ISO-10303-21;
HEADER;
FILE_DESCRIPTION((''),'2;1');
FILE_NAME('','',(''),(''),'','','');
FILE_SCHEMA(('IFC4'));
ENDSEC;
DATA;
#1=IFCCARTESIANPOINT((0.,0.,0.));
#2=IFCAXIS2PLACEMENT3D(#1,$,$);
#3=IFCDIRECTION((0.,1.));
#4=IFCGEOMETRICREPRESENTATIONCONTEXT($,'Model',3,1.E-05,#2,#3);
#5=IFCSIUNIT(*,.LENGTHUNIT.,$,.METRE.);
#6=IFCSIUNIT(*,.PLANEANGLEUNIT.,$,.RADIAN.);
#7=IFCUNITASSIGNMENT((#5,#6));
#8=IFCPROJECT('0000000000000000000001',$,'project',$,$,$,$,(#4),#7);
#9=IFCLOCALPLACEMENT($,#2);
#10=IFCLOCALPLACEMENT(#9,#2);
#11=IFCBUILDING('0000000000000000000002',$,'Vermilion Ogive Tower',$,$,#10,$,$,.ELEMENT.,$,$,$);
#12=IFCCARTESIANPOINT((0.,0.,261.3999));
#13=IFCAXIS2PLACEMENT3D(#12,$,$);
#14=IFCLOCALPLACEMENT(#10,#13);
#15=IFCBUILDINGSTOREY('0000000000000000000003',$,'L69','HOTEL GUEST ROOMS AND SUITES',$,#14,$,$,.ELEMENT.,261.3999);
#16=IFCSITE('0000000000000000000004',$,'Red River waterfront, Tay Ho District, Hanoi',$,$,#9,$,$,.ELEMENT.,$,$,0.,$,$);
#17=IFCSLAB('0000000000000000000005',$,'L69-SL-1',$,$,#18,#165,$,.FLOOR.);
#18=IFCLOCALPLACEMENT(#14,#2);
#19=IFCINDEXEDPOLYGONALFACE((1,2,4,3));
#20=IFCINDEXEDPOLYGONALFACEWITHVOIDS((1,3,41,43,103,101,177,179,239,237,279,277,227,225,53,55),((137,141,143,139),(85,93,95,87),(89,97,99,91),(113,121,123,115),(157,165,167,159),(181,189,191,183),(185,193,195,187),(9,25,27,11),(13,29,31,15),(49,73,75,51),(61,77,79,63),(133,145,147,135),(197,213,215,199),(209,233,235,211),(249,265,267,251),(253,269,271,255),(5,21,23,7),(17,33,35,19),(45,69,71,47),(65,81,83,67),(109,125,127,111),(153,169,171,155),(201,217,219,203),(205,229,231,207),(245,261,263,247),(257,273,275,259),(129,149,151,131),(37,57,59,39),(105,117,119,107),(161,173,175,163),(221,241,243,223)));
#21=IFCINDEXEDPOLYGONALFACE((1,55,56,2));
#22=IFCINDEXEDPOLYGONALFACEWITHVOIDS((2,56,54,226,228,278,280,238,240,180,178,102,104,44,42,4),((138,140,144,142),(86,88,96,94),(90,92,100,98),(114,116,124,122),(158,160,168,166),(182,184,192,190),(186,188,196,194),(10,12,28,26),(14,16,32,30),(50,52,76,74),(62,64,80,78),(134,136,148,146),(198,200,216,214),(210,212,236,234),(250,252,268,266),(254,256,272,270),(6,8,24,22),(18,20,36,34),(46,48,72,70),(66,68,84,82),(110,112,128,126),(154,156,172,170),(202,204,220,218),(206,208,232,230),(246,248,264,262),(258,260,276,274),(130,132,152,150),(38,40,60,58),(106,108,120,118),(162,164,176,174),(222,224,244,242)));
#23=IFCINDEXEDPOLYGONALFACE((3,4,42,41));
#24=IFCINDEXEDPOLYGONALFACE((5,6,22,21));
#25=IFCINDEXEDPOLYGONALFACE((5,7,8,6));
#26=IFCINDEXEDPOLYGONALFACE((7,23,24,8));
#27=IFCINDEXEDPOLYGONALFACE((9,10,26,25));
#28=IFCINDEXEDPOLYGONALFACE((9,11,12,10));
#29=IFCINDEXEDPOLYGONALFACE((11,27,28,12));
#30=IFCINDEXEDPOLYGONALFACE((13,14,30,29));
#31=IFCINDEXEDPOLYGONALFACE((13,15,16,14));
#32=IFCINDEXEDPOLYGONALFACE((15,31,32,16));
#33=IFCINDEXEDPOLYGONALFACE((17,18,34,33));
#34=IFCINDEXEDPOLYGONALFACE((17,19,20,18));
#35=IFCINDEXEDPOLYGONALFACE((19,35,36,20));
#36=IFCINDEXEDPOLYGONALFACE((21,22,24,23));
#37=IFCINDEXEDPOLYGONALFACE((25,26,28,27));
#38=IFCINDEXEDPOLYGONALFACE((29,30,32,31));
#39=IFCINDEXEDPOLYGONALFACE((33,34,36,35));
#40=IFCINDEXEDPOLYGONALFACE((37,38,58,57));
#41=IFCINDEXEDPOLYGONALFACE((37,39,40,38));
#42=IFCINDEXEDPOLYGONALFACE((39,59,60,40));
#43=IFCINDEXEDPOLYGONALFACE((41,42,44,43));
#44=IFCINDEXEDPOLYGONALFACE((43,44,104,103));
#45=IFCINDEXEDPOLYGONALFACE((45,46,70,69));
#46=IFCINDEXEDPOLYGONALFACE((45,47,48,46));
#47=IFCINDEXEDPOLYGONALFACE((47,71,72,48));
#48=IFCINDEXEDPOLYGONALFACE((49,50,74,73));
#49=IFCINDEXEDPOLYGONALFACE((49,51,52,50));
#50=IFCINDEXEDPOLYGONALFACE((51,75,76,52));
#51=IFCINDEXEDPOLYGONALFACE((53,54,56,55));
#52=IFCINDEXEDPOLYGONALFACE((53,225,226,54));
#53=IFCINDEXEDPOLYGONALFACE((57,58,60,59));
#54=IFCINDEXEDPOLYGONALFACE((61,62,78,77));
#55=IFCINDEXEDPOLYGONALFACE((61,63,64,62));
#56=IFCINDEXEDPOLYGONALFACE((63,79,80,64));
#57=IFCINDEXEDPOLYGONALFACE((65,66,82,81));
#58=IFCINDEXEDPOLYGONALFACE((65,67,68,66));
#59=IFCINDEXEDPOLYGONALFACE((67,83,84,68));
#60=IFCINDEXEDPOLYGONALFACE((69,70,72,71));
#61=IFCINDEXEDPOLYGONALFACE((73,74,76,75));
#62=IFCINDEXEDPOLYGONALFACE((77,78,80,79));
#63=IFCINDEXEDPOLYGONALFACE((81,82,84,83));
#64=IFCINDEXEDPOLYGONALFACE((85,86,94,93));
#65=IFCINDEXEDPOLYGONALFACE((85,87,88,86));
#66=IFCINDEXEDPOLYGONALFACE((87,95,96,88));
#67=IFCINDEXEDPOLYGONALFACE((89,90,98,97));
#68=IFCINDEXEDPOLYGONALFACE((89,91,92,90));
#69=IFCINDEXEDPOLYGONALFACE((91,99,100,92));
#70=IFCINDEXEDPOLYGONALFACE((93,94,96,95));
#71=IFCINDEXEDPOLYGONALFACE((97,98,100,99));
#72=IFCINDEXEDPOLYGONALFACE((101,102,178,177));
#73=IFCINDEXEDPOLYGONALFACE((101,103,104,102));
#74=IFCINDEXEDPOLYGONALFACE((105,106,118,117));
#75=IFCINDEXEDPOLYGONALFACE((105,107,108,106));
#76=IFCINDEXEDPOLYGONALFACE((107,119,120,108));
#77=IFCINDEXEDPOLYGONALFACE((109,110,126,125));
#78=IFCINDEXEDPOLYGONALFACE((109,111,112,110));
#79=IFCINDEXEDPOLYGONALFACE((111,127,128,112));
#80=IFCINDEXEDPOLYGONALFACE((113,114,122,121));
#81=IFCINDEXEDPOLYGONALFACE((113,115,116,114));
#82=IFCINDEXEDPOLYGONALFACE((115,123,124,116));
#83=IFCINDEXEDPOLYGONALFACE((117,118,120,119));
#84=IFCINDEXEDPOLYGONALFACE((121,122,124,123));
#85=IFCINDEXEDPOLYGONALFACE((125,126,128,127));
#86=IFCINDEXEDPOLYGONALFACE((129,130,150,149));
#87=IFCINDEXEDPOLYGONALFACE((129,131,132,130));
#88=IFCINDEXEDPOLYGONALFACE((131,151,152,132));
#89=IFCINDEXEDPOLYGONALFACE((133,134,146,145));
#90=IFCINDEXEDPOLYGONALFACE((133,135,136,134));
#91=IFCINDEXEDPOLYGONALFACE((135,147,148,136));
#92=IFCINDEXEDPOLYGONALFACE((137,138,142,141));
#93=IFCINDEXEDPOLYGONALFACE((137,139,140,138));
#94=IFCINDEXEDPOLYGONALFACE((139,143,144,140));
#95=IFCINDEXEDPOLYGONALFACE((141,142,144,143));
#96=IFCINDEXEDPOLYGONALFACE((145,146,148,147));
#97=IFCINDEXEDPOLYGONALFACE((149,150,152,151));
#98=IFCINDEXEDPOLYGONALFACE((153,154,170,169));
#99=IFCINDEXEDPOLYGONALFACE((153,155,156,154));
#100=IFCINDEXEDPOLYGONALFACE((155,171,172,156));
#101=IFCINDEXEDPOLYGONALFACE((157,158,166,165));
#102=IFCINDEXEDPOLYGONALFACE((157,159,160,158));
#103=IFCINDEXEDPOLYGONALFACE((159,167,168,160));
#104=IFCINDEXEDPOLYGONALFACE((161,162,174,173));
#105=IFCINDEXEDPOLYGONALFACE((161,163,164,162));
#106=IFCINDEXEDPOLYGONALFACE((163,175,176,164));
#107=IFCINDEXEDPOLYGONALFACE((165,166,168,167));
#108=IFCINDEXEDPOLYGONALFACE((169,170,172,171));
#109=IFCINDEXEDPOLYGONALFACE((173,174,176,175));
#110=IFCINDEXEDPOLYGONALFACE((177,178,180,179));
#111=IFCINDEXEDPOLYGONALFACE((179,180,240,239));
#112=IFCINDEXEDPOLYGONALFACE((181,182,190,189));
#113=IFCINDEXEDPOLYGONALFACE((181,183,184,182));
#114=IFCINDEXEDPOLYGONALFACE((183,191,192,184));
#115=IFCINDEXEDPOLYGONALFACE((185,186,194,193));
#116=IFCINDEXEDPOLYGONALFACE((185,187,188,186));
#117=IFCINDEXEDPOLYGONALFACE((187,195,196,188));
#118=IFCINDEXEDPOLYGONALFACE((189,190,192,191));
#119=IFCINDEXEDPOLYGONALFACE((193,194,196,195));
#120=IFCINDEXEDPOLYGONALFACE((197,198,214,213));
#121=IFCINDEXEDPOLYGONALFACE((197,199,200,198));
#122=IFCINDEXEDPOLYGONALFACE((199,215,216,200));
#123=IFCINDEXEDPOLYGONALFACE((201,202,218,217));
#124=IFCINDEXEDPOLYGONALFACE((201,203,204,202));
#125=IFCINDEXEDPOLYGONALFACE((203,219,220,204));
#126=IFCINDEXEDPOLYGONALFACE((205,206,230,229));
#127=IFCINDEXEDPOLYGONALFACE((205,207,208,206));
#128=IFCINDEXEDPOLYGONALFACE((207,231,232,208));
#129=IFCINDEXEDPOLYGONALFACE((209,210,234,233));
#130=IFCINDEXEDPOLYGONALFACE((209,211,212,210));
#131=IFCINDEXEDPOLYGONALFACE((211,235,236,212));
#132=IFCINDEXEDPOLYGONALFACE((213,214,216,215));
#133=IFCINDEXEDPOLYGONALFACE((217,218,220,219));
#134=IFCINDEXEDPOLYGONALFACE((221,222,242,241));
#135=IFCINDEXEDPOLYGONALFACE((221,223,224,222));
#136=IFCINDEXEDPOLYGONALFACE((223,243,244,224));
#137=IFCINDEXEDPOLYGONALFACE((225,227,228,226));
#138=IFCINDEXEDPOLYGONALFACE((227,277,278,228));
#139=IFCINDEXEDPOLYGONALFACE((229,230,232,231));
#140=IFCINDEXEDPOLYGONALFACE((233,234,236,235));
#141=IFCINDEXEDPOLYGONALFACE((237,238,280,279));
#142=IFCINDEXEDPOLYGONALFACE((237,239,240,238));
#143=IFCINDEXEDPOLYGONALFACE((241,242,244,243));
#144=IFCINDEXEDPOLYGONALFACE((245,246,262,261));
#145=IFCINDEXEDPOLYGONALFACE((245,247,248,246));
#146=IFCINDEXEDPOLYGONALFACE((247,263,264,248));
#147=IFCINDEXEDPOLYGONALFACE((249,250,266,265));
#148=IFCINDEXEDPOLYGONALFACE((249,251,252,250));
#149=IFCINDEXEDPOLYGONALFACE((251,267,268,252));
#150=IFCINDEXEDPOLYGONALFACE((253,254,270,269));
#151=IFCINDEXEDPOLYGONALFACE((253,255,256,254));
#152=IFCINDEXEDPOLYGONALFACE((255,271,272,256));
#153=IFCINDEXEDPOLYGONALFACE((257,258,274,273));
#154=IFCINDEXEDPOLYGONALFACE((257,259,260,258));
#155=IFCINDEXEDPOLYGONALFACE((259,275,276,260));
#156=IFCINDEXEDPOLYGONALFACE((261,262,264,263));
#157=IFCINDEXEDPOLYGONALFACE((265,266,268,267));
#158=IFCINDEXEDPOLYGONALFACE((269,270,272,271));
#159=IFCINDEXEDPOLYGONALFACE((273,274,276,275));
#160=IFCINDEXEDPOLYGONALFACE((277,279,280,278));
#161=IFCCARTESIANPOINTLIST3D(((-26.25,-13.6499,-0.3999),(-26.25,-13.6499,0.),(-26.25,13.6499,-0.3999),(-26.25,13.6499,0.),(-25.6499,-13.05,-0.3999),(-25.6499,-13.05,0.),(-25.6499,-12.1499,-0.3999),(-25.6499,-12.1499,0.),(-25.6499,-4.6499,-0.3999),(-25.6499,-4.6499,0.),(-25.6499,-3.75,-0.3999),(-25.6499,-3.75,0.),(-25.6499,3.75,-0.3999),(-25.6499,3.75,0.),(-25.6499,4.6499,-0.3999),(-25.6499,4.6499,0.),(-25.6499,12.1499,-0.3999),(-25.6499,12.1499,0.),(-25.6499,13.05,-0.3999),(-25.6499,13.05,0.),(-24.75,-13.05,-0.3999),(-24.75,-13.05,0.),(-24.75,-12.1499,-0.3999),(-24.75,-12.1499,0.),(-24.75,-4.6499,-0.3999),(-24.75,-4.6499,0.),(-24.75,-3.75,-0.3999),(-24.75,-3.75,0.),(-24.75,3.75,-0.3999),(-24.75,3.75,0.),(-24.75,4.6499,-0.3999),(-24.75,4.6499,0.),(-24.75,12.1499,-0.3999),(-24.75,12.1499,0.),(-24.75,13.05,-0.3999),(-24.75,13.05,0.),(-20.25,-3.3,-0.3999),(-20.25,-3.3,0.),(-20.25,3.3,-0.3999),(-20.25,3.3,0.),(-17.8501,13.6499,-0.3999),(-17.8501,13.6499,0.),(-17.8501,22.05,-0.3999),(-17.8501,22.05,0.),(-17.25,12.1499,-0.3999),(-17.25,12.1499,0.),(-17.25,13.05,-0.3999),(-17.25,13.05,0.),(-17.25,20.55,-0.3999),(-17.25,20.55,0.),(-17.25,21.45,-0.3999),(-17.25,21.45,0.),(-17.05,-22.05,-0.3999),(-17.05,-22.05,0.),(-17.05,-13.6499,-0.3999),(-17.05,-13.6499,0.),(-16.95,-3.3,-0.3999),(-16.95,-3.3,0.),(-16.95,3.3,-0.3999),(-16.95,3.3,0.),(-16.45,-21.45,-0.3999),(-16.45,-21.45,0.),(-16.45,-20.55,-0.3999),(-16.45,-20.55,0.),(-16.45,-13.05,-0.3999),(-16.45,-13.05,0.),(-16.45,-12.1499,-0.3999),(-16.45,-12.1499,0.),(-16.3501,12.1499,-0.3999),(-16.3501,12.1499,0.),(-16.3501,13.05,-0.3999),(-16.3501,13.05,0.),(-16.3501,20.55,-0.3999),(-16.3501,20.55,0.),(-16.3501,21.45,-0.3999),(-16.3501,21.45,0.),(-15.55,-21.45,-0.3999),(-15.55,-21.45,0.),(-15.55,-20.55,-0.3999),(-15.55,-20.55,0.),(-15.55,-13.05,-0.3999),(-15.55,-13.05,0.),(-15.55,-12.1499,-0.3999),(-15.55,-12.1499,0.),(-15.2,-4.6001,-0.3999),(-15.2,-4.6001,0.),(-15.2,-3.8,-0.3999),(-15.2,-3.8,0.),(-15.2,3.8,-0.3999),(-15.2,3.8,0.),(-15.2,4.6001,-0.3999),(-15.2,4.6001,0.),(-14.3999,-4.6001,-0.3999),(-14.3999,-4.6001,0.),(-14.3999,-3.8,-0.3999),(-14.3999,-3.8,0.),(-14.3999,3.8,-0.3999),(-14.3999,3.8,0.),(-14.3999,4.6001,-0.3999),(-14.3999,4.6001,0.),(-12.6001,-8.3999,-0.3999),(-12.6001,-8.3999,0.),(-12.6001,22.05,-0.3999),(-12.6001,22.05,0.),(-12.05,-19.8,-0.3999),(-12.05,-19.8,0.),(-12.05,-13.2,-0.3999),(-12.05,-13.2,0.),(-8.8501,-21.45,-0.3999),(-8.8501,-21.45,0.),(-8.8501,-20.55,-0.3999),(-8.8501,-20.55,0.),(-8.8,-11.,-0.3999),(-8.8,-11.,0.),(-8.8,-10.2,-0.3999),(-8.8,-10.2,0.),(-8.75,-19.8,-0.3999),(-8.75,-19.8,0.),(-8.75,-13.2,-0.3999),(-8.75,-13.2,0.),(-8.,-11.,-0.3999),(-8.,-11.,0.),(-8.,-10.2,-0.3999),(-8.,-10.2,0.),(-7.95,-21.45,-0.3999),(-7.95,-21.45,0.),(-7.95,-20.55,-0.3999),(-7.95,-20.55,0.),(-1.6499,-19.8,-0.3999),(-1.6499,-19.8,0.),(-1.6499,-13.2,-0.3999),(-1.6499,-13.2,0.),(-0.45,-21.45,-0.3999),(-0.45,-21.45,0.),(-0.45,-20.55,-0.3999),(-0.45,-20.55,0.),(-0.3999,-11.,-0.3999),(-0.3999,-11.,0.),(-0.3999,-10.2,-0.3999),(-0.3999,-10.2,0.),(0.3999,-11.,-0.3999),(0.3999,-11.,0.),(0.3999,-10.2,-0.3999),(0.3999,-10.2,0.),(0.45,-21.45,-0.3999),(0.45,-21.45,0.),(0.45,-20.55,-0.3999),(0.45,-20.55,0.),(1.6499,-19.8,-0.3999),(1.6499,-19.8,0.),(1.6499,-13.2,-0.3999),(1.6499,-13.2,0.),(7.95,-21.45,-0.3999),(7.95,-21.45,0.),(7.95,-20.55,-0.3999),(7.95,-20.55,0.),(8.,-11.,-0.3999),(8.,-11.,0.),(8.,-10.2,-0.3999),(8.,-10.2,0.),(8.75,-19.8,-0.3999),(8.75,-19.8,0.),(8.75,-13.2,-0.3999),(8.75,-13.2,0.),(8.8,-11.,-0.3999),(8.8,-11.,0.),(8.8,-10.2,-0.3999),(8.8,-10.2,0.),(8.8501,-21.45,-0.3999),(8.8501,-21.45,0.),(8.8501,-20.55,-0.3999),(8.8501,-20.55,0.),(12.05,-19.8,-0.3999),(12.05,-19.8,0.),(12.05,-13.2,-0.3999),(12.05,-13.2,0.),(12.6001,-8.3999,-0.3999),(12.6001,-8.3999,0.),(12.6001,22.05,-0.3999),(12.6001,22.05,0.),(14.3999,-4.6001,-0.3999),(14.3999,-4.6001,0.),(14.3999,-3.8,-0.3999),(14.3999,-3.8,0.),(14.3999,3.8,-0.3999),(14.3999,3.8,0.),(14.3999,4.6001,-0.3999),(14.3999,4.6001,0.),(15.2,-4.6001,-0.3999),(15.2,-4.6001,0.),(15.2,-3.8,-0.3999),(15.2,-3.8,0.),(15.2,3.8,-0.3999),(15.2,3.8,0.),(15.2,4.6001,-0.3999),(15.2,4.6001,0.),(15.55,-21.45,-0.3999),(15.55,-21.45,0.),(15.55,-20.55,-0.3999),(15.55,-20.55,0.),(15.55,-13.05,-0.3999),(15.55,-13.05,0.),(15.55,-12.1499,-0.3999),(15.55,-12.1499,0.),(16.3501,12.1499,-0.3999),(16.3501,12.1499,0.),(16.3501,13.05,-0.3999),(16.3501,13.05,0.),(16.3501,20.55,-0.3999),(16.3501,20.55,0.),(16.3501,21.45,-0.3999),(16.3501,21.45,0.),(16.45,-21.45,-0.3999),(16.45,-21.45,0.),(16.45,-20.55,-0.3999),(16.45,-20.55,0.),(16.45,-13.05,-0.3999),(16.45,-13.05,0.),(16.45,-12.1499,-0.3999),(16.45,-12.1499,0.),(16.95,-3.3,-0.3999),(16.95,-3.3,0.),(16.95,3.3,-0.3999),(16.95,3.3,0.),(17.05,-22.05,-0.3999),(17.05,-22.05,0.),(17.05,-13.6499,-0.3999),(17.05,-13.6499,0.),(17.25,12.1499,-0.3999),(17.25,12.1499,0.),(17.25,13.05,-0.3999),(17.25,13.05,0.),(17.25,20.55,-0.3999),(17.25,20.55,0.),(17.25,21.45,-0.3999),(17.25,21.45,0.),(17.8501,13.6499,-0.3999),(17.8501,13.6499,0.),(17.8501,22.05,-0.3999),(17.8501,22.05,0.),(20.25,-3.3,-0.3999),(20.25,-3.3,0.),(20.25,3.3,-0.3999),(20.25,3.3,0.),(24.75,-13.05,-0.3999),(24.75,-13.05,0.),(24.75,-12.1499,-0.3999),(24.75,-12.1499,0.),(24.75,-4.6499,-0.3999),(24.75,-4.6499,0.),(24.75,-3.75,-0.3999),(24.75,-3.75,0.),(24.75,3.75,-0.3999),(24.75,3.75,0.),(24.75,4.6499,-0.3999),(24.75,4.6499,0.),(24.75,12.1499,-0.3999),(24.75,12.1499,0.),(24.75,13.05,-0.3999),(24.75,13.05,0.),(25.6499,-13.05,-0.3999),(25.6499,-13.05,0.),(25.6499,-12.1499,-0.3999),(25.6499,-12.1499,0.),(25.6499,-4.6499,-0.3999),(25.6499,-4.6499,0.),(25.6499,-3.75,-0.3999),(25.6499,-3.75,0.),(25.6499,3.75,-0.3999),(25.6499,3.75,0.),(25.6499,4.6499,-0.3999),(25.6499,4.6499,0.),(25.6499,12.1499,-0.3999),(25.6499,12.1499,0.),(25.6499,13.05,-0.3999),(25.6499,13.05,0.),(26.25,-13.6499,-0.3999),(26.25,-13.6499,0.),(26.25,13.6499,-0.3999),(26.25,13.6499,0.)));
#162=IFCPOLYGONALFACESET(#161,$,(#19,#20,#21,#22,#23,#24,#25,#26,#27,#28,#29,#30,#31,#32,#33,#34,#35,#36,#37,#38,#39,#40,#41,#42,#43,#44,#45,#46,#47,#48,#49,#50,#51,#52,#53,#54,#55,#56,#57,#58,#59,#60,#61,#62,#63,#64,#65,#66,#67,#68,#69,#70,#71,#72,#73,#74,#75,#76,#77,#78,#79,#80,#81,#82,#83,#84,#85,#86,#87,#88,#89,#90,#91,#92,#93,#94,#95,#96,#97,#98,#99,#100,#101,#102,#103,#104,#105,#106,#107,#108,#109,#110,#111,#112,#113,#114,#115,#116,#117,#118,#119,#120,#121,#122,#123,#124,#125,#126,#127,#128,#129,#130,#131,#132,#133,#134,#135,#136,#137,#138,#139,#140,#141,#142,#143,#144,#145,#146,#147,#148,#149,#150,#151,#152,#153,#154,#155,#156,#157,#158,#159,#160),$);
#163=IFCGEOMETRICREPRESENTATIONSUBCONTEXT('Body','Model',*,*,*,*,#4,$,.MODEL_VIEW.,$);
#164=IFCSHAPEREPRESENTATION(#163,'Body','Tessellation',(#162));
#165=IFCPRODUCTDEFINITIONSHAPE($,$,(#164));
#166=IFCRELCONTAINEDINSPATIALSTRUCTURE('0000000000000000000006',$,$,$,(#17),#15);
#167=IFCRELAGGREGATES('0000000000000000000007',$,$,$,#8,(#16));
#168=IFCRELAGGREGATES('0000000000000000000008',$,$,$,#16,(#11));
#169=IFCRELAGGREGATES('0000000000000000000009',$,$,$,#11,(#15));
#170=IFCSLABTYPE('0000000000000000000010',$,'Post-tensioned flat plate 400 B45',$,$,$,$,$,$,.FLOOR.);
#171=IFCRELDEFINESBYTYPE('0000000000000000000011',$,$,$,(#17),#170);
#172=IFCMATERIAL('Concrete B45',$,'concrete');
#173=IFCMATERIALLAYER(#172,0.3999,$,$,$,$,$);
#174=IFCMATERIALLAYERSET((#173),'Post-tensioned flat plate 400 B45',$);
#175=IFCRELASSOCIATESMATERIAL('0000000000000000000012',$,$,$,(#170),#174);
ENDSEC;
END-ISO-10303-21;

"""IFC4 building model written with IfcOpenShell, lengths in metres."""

from ifc_helpers import new_model, si_unit, direction, frame, origin, place, context, subcontext, project, spatial, polyline, outline, extrude, material, layer, layer_set, type_object, element, save


model = new_model("IFC4")

# Units and contexts
model_context = context("Model", 3, precision=1e-05, world=origin(), true_north=direction((0.0, 1.0)))
body_context = subcontext(model_context, "Body", "Model", "MODEL_VIEW")
ifc_project = project(units=[si_unit("LENGTHUNIT", "METRE"), si_unit("PLANEANGLEUNIT", "RADIAN")], contexts=[model_context])

# Site, building, storey
site_placement = place(None, origin())
site = spatial("IfcSite", under=ifc_project, at=site_placement, Name="Red River waterfront, Tay Ho District, Hanoi", CompositionType="ELEMENT", RefElevation=0.0)
building_placement = place(site_placement, origin())
building = spatial("IfcBuilding", under=site, at=building_placement, Name="Vermilion Ogive Tower", CompositionType="ELEMENT")
storey_placement = place(building_placement, frame((0.0, 0.0, 261.3999)))
storey = spatial("IfcBuildingStorey", under=building, at=storey_placement, Name="L69", Description="HOTEL GUEST ROOMS AND SUITES", CompositionType="ELEMENT", Elevation=261.3999)

# Slab
ifc_material_1 = material(Name="Concrete B45", Category="concrete")
ifc_layer_1 = layer(ifc_material_1, 0.3999)
ifc_layer_set_1 = layer_set([ifc_layer_1], Name="Post-tensioned flat plate 400 B45")
slab_type = type_object("IfcSlabType", Name="Post-tensioned flat plate 400 B45", PredefinedType="FLOOR", material=ifc_layer_set_1)
slab_placement = place(storey_placement, frame((0.0, 0.0, -0.3999)))
element("IfcSlab", 1, at=slab_placement, inside=storey, type_object=slab_type, Name="L69-SL-1", PredefinedType="FLOOR", context=body_context, shape_type="SweptSolid", body=[
    extrude(outline(polyline([(-17.05, -13.6499), (-26.25, -13.6499), (-26.25, 13.6499), (-17.8501, 13.6499), (-17.8501, 22.05), (-12.6001, 22.05), (-12.6001, -8.3999), (12.6001, -8.3999), (12.6001, 22.05), (17.8501, 22.05), (17.8501, 13.6499), (26.25, 13.6499), (26.25, -13.6499), (17.05, -13.6499), (17.05, -22.05), (-17.05, -22.05), (-17.05, -13.6499)]), holes=[polyline([(25.6499, -4.6499), (25.6499, -3.75), (24.75, -3.75), (24.75, -4.6499), (25.6499, -4.6499)]), polyline([(25.6499, -13.05), (25.6499, -12.1499), (24.75, -12.1499), (24.75, -13.05), (25.6499, -13.05)]), polyline([(24.75, 12.1499), (25.6499, 12.1499), (25.6499, 13.05), (24.75, 13.05), (24.75, 12.1499)]), polyline([(24.75, 3.75), (25.6499, 3.75), (25.6499, 4.6499), (24.75, 4.6499), (24.75, 3.75)]), polyline([(20.25, -3.3), (20.25, 3.3), (16.95, 3.3), (16.95, -3.3), (20.25, -3.3)]), polyline([(17.25, 12.1499), (17.25, 13.05), (16.3501, 13.05), (16.3501, 12.1499), (17.25, 12.1499)]), polyline([(16.3501, 20.55), (17.25, 20.55), (17.25, 21.45), (16.3501, 21.45), (16.3501, 20.55)]), polyline([(16.45, -13.05), (16.45, -12.1499), (15.55, -12.1499), (15.55, -13.05), (16.45, -13.05)]), polyline([(16.45, -21.45), (16.45, -20.55), (15.55, -20.55), (15.55, -21.45), (16.45, -21.45)]), polyline([(15.2, 3.8), (15.2, 4.6001), (14.3999, 4.6001), (14.3999, 3.8), (15.2, 3.8)]), polyline([(14.3999, -4.6001), (15.2, -4.6001), (15.2, -3.8), (14.3999, -3.8), (14.3999, -4.6001)]), polyline([(12.05, -19.8), (12.05, -13.2), (8.75, -13.2), (8.75, -19.8), (12.05, -19.8)]), polyline([(8.8501, -21.45), (8.8501, -20.55), (7.95, -20.55), (7.95, -21.45), (8.8501, -21.45)]), polyline([(8.0, -11.0), (8.8, -11.0), (8.8, -10.2), (8.0, -10.2), (8.0, -11.0)]), polyline([(1.6499, -19.8), (1.6499, -13.2), (-1.6499, -13.2), (-1.6499, -19.8), (1.6499, -19.8)]), polyline([(0.45, -21.45), (0.45, -20.55), (-0.45, -20.55), (-0.45, -21.45), (0.45, -21.45)]), polyline([(0.3999, -11.0), (0.3999, -10.2), (-0.3999, -10.2), (-0.3999, -11.0), (0.3999, -11.0)]), polyline([(-7.95, -21.45), (-7.95, -20.55), (-8.8501, -20.55), (-8.8501, -21.45), (-7.95, -21.45)]), polyline([(-8.0, -11.0), (-8.0, -10.2), (-8.8, -10.2), (-8.8, -11.0), (-8.0, -11.0)]), polyline([(-8.75, -19.8), (-8.75, -13.2), (-12.05, -13.2), (-12.05, -19.8), (-8.75, -19.8)]), polyline([(-14.3999, 3.8), (-14.3999, 4.6001), (-15.2, 4.6001), (-15.2, 3.8), (-14.3999, 3.8)]), polyline([(-15.2, -4.6001), (-14.3999, -4.6001), (-14.3999, -3.8), (-15.2, -3.8), (-15.2, -4.6001)]), polyline([(-15.55, -13.05), (-15.55, -12.1499), (-16.45, -12.1499), (-16.45, -13.05), (-15.55, -13.05)]), polyline([(-15.55, -21.45), (-15.55, -20.55), (-16.45, -20.55), (-16.45, -21.45), (-15.55, -21.45)]), polyline([(-16.3501, 12.1499), (-16.3501, 13.05), (-17.25, 13.05), (-17.25, 12.1499), (-16.3501, 12.1499)]), polyline([(-17.25, 20.55), (-16.3501, 20.55), (-16.3501, 21.45), (-17.25, 21.45), (-17.25, 20.55)]), polyline([(-16.95, -3.3), (-16.95, 3.3), (-20.25, 3.3), (-20.25, -3.3), (-16.95, -3.3)]), polyline([(-25.6499, 3.75), (-24.75, 3.75), (-24.75, 4.6499), (-25.6499, 4.6499), (-25.6499, 3.75)]), polyline([(-24.75, 12.1499), (-24.75, 13.05), (-25.6499, 13.05), (-25.6499, 12.1499), (-24.75, 12.1499)]), polyline([(-24.75, -4.6499), (-24.75, -3.75), (-25.6499, -3.75), (-25.6499, -4.6499), (-24.75, -4.6499)]), polyline([(-24.75, -13.05), (-24.75, -12.1499), (-25.6499, -12.1499), (-25.6499, -13.05), (-24.75, -13.05)])]), origin(), (0.0, 0.0, 1.0), 0.3999),
])

save(model, "model.ifc")
